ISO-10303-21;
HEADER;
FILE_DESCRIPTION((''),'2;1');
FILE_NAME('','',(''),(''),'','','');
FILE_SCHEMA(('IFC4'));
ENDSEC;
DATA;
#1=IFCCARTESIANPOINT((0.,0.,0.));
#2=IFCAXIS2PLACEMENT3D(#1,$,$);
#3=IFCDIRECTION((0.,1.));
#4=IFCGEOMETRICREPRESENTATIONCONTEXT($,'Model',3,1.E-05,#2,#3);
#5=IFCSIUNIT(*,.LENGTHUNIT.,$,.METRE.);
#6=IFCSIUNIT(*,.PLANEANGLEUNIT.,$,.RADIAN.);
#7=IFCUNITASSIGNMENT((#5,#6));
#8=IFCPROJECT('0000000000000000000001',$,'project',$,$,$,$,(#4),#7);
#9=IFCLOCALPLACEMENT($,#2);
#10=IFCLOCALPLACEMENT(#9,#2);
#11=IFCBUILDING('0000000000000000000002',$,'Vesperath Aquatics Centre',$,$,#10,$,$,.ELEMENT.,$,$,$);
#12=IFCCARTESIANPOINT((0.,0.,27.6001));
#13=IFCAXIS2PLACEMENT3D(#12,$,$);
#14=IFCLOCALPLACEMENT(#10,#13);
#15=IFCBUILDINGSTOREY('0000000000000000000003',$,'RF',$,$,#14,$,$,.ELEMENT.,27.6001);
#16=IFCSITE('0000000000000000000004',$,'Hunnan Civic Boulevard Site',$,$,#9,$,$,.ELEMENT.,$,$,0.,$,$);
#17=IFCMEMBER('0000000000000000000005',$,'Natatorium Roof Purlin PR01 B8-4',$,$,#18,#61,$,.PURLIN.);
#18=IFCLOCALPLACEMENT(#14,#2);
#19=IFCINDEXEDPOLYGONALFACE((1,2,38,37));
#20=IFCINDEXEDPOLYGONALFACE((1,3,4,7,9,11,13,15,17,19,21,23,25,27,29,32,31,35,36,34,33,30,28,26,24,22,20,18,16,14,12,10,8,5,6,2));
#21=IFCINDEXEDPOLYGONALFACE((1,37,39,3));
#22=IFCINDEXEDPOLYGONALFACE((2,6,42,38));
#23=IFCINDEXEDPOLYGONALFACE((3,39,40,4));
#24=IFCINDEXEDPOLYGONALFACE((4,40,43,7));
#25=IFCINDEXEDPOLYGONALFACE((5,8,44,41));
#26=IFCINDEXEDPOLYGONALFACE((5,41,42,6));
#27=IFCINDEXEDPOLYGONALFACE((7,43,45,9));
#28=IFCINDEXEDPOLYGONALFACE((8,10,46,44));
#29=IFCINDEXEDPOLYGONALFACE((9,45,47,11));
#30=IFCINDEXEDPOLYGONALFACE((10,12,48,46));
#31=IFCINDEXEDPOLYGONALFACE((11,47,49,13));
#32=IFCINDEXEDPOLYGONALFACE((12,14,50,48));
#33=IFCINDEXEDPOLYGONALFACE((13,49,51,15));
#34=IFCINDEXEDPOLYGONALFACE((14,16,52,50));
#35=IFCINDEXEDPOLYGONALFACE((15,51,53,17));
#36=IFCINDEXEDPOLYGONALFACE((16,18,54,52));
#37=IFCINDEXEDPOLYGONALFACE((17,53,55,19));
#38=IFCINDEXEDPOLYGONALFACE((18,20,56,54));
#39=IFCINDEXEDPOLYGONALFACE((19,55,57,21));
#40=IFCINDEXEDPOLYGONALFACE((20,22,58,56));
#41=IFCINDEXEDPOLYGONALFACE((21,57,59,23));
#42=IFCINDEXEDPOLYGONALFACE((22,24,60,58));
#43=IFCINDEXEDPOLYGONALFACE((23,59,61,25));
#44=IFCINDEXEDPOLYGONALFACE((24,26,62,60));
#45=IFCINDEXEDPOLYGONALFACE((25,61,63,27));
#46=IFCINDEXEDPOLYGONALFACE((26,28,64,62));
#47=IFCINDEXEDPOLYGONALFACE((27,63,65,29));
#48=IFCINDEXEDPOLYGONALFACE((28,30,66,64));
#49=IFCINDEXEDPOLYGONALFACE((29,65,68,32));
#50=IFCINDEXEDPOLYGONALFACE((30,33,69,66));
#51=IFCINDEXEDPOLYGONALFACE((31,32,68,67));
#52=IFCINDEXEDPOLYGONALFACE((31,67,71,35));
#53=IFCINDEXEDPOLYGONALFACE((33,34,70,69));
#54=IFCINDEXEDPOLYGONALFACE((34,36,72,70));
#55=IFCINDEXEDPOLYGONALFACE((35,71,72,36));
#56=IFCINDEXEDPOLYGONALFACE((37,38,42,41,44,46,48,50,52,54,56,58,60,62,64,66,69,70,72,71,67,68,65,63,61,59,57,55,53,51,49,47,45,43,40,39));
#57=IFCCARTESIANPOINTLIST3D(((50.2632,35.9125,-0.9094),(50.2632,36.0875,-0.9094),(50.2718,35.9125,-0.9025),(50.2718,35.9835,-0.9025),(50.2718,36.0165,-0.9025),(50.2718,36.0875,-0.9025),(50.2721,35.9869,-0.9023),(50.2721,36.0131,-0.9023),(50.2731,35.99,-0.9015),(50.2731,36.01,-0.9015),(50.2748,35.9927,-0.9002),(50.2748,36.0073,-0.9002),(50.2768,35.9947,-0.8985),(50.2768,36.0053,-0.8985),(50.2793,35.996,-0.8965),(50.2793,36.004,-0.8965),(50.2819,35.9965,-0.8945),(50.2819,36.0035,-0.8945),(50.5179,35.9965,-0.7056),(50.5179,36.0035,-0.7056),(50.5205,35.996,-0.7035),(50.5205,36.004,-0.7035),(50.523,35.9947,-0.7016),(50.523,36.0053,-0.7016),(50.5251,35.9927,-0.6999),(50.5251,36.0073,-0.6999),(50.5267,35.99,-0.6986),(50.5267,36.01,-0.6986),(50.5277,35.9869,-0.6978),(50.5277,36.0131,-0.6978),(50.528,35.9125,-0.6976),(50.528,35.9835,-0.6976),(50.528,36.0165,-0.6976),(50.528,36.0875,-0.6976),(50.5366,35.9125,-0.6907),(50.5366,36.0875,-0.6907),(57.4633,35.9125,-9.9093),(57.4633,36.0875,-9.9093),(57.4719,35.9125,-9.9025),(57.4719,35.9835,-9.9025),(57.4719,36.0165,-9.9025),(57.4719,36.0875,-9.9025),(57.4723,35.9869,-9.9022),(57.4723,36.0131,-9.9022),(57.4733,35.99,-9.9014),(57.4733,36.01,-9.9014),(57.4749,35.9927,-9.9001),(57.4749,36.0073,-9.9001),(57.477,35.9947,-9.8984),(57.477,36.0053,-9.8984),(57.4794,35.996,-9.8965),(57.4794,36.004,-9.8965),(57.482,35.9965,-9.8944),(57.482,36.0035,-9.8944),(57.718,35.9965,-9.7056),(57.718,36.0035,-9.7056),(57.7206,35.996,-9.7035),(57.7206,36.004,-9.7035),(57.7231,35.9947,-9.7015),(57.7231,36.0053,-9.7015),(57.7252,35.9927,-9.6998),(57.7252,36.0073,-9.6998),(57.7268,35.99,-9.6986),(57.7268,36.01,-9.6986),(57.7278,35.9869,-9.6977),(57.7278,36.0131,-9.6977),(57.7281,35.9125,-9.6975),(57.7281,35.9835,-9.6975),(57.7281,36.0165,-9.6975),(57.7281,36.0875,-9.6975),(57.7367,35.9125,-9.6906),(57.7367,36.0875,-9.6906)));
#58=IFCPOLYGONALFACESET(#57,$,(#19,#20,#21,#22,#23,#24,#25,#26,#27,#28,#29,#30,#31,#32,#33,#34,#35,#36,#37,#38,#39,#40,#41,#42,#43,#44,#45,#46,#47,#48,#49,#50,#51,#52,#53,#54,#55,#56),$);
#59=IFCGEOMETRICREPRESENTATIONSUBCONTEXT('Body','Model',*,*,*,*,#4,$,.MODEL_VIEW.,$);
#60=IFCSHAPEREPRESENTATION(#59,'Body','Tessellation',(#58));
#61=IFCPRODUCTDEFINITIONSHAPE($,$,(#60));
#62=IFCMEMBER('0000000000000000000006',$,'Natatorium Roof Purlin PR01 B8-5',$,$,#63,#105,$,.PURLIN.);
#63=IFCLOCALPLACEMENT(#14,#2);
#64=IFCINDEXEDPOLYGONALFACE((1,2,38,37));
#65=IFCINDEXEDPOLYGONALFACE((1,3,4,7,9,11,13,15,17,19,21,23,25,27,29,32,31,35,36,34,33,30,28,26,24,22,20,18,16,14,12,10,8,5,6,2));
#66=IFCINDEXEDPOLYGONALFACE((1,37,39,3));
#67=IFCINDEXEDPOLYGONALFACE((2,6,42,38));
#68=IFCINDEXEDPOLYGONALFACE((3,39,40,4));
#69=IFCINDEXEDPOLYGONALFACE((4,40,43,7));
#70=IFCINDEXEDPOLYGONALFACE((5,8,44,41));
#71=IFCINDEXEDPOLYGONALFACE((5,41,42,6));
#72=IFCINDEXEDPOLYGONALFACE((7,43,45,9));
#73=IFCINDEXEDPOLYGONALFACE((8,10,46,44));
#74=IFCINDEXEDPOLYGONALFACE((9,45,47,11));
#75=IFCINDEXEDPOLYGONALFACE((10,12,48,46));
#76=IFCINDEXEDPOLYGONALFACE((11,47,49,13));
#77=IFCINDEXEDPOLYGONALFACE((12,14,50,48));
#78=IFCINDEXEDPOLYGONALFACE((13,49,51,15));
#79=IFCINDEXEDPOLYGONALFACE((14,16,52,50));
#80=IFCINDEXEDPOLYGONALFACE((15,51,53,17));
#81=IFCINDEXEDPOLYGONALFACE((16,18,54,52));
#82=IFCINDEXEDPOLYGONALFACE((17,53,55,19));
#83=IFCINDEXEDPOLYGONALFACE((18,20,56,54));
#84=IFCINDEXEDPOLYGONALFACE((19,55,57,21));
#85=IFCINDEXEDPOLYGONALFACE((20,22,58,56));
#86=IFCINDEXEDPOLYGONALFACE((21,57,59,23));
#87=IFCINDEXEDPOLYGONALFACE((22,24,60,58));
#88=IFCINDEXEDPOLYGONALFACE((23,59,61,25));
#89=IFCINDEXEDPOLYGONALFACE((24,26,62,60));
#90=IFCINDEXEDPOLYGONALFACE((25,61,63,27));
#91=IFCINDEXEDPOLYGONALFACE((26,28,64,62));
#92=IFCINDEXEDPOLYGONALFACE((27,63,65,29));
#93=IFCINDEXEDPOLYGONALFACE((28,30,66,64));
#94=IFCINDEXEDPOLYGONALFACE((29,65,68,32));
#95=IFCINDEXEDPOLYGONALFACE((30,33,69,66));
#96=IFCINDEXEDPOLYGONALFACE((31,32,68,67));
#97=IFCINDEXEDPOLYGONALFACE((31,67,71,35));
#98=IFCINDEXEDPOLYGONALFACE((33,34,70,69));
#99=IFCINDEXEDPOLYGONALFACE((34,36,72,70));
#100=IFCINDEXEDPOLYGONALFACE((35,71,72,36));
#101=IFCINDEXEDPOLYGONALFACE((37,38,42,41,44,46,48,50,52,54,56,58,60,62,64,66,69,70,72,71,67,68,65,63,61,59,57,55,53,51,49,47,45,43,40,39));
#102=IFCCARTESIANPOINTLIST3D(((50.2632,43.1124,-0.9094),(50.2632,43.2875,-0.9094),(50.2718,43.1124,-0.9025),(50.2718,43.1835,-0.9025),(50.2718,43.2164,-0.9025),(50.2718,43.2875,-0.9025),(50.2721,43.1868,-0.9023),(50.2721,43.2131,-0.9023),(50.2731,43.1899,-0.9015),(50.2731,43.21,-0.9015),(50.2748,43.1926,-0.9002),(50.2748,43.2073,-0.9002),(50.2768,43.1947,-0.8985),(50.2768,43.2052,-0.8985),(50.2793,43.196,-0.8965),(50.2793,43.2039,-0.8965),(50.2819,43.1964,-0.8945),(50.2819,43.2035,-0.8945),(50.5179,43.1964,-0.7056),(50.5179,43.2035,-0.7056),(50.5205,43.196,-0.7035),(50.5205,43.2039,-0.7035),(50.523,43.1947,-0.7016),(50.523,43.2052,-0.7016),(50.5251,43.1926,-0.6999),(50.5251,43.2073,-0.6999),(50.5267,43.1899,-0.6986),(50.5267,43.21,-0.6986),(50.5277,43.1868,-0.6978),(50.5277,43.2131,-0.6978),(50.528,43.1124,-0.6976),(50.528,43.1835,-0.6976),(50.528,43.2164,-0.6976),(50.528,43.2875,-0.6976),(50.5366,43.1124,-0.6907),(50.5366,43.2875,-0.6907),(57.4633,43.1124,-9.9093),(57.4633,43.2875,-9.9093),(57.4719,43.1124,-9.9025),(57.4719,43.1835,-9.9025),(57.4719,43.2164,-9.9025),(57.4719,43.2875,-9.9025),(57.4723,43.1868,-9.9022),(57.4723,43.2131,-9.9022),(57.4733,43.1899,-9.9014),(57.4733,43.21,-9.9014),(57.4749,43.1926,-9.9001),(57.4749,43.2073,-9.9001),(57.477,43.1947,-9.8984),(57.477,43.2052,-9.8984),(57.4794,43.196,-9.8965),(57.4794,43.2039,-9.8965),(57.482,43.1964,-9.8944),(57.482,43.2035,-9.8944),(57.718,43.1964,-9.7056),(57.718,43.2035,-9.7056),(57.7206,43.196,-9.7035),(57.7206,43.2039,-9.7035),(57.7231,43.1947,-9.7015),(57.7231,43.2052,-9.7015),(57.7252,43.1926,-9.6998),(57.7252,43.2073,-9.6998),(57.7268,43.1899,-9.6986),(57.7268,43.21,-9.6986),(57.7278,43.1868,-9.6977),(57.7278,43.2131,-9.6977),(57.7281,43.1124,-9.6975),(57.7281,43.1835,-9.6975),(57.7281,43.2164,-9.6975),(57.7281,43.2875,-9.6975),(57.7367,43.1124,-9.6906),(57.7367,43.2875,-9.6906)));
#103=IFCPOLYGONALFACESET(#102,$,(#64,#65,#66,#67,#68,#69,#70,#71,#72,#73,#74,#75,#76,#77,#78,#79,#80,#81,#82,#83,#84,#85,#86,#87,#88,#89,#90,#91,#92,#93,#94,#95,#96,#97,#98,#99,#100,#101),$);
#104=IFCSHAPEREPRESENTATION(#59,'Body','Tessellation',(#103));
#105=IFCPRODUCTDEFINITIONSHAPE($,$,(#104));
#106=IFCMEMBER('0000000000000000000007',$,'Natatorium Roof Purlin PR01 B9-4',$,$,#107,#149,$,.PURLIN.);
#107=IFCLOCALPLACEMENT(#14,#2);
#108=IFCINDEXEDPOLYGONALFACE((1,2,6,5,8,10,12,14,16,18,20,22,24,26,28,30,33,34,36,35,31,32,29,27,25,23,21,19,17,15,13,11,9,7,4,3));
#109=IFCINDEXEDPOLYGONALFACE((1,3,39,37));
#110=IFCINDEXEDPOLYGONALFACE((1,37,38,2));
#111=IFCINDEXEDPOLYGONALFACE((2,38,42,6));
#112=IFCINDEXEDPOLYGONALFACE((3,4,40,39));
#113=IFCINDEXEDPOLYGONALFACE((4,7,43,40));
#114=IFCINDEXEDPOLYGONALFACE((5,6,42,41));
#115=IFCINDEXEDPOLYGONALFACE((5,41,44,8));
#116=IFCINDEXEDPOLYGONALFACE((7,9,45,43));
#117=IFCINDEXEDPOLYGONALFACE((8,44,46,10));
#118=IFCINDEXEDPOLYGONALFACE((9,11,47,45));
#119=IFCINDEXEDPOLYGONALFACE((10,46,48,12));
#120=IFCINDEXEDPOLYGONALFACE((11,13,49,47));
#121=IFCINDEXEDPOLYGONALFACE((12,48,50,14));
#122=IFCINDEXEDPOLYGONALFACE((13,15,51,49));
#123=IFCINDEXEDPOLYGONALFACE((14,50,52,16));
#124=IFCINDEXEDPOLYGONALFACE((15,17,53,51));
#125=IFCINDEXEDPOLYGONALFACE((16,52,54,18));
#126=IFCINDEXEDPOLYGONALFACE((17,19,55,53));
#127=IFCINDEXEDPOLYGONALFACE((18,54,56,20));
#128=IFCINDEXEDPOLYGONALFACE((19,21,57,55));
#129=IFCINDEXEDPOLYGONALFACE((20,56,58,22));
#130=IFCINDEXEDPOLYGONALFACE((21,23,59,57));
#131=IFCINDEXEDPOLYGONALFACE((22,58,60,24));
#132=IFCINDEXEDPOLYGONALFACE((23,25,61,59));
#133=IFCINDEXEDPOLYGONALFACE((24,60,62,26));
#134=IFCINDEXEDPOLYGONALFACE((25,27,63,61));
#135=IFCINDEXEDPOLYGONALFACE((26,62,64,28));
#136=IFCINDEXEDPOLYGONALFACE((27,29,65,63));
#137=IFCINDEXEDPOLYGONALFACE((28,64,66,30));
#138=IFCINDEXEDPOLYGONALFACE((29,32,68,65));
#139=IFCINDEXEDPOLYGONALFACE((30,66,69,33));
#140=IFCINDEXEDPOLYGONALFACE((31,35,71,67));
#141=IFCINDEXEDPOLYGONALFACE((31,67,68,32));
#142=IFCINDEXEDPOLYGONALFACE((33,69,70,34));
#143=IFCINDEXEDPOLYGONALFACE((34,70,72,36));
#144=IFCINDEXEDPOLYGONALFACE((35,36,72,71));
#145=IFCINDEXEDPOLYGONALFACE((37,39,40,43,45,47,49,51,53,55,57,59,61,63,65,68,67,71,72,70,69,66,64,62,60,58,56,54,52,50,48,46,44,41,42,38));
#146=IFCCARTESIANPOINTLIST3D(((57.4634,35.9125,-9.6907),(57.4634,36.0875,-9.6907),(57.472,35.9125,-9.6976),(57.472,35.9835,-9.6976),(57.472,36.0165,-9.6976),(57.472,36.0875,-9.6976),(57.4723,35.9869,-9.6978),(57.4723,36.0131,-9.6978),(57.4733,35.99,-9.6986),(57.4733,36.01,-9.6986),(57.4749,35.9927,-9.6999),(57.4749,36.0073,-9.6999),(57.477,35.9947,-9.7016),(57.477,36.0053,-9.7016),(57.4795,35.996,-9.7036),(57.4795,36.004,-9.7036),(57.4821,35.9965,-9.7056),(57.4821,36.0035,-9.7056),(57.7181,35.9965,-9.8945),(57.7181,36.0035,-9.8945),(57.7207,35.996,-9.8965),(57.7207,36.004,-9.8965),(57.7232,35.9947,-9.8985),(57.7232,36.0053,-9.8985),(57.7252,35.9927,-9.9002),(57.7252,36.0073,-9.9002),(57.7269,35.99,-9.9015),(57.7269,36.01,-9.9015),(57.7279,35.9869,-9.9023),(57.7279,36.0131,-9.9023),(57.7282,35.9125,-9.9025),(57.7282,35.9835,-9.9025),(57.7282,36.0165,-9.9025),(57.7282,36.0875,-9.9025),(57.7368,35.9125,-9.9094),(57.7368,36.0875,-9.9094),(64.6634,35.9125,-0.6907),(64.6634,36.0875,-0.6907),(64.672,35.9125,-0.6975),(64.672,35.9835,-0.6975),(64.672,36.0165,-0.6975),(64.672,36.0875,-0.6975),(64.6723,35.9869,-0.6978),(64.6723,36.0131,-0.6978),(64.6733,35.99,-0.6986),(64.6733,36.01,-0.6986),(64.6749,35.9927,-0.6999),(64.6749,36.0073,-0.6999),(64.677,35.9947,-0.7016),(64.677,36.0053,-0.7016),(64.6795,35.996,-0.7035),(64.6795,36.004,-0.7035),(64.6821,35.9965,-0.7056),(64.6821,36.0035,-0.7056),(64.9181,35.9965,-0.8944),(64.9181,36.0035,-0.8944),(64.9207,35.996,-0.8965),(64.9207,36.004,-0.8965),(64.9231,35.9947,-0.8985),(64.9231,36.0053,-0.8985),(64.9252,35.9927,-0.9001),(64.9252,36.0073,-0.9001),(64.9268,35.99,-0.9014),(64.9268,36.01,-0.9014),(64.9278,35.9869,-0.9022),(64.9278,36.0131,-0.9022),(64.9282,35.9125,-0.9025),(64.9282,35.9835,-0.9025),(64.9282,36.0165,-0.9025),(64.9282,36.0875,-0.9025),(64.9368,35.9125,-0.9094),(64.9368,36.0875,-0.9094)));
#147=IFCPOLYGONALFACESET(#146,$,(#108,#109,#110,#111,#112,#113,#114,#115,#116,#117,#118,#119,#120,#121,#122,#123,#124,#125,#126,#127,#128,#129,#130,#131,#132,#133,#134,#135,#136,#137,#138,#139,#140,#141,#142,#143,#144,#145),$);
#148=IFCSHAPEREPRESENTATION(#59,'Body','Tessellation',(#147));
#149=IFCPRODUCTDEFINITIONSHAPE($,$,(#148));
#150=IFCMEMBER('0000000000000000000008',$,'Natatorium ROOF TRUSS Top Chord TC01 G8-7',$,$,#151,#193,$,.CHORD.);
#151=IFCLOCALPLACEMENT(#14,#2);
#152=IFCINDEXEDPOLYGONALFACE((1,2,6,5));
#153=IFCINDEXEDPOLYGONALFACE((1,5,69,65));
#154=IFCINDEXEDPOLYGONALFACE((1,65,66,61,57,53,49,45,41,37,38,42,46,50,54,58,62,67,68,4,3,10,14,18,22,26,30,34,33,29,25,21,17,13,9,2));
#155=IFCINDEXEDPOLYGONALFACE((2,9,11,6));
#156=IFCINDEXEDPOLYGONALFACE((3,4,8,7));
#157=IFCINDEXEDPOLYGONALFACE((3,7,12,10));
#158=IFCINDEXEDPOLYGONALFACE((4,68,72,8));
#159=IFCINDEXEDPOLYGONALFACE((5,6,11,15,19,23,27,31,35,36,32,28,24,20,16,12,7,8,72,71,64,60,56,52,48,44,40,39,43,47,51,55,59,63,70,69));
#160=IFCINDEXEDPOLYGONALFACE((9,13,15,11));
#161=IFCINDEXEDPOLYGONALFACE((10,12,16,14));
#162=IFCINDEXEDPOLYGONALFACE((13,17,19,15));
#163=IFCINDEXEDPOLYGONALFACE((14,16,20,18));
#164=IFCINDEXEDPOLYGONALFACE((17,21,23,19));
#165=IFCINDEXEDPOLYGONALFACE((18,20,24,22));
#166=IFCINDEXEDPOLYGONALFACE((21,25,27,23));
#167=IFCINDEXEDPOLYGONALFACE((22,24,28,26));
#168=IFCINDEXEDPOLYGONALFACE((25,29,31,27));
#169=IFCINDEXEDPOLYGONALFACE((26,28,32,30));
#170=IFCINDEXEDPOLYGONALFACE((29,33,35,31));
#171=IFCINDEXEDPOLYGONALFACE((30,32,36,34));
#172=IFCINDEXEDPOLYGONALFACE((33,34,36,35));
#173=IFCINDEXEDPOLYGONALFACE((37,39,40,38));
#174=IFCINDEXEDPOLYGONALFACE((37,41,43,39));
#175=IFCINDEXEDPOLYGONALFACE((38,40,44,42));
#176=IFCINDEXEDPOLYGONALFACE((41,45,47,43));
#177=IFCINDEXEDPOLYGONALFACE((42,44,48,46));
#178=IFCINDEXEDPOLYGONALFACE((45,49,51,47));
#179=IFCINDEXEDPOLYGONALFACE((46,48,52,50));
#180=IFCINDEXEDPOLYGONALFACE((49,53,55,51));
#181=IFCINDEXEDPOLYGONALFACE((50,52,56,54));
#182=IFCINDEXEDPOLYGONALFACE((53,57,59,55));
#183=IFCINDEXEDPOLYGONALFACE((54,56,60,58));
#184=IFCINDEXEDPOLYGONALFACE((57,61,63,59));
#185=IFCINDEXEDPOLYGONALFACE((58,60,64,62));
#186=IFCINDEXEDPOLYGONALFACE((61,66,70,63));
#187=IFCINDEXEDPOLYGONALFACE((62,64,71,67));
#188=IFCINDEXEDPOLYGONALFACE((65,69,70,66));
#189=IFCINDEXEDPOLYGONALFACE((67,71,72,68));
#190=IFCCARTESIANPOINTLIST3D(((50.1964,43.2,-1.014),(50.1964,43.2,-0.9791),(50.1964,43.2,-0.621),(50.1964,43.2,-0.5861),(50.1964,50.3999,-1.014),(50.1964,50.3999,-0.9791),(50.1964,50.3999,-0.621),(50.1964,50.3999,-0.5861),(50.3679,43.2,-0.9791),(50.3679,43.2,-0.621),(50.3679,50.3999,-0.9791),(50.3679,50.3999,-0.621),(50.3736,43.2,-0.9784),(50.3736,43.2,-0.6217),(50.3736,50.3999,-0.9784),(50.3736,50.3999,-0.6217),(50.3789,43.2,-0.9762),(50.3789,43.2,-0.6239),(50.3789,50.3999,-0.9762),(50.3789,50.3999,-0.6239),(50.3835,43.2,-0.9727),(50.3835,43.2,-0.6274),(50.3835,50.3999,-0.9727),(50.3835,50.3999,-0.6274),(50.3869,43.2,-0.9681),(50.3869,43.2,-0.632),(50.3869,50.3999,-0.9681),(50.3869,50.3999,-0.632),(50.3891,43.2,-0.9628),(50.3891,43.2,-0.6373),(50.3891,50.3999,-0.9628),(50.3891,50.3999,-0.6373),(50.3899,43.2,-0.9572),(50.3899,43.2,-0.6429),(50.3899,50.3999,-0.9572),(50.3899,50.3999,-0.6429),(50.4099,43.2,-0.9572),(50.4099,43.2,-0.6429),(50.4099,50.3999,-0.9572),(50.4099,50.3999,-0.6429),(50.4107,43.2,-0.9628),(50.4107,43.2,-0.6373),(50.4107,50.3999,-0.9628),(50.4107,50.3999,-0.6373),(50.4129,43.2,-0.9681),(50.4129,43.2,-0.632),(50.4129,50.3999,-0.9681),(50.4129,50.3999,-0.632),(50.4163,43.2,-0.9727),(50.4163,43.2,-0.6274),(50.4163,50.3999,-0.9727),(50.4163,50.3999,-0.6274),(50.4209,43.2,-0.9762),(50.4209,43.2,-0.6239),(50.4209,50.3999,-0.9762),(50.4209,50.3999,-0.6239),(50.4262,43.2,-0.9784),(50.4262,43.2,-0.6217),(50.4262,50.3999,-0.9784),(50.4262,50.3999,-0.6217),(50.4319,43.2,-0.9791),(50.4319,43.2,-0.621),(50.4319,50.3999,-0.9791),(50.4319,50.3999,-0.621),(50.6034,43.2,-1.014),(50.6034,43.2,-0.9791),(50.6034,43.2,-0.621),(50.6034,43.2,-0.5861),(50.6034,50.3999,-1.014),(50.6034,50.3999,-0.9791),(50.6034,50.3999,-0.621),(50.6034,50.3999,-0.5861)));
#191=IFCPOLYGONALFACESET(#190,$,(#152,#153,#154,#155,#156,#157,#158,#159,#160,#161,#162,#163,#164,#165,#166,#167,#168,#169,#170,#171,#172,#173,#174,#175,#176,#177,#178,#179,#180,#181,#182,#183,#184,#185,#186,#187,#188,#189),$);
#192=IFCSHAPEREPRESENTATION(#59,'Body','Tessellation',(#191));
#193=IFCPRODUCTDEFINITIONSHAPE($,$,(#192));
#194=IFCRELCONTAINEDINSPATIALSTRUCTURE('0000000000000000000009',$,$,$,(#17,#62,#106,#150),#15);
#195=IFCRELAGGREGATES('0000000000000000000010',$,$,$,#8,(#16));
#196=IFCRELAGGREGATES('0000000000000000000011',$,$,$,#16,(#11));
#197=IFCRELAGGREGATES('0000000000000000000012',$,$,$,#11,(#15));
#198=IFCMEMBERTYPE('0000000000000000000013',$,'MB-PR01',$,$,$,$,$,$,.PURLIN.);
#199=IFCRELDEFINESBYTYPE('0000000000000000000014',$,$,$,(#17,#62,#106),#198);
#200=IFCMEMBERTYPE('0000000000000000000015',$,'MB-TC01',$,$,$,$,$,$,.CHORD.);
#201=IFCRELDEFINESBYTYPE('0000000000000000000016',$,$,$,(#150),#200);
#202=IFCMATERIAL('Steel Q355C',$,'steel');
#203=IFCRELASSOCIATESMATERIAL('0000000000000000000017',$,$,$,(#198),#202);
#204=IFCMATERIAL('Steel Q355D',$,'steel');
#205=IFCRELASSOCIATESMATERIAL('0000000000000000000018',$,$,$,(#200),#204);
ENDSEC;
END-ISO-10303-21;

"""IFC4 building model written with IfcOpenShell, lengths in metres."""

from ifc_helpers import new_model, si_unit, direction, frame, origin, origin_2d, place, context, subcontext, project, spatial, i_section, extrude, material, material_profile, profile_set, type_object, element, save


model = new_model("IFC4")

# Units and contexts
model_context = context("Model", 3, precision=1e-05, world=origin(), true_north=direction((0.0, 1.0)))
body_context = subcontext(model_context, "Body", "Model", "MODEL_VIEW")
ifc_project = project(units=[si_unit("LENGTHUNIT", "METRE"), si_unit("PLANEANGLEUNIT", "RADIAN")], contexts=[model_context])

# Site, building, storey
site_placement = place(None, origin())
site = spatial("IfcSite", under=ifc_project, at=site_placement, Name="Hunnan Civic Boulevard Site", CompositionType="ELEMENT", RefElevation=0.0)
building_placement = place(site_placement, origin())
building = spatial("IfcBuilding", under=site, at=building_placement, Name="Vesperath Aquatics Centre", CompositionType="ELEMENT")
storey_placement = place(building_placement, frame((0.0, 0.0, 27.6001)))
storey = spatial("IfcBuildingStorey", under=building, at=storey_placement, Name="RF", CompositionType="ELEMENT", Elevation=27.6001)

# Members
ifc_material_1 = material(Name="Steel Q355D", Category="steel")
ifc_material_2 = material(Name="Steel Q355C", Category="steel")
ifc_material_profile_1 = material_profile(ifc_material_2, i_section(OverallWidth=0.175, OverallDepth=0.3501, WebThickness=0.0071, FlangeThickness=0.011, FilletRadius=0.0129, at=origin_2d()), Name="HN 350x175x7x11")
ifc_profile_set_1 = profile_set([ifc_material_profile_1], Name="Steel Q355C")
member_type_1 = type_object("IfcMemberType", Name="MB-PR01", PredefinedType="PURLIN", material=ifc_profile_set_1)
for number, where, z_axis, x_axis, name in (
    (1, (50.3999, 36.0, -0.8), (0.624705, 0.0, -0.780861), (0.0, 1.0, 0.0), "Natatorium Roof Purlin PR01 B8-4"),
    (2, (50.3999, 43.2, -0.8), (0.624705, 0.0, -0.780861), (0.0, 1.0, 0.0), "Natatorium Roof Purlin PR01 B8-5"),
    (3, (57.6001, 36.0, -9.8), (0.624692, 0.0, 0.780871), (0.0, 1.0, 0.0), "Natatorium Roof Purlin PR01 B9-4"),
):
    element("IfcMember", number, at=place(storey_placement, frame(where, z_axis=z_axis, x_axis=x_axis)), inside=storey, type_object=member_type_1, Name=name, PredefinedType="PURLIN", context=body_context, shape_type="SweptSolid", body=[
        extrude(i_section(OverallWidth=0.175, OverallDepth=0.3501, WebThickness=0.0071, FlangeThickness=0.011, FilletRadius=0.0129, at=origin_2d()), origin(), (0.0, 0.0, 1.0), 11.5256),
    ])
ifc_material_profile_2 = material_profile(ifc_material_1, i_section(OverallWidth=0.407, OverallDepth=0.428, WebThickness=0.02, FlangeThickness=0.0349, FilletRadius=0.022, at=origin_2d()), Name="HW 428x407x20x35")
ifc_profile_set_2 = profile_set([ifc_material_profile_2], Name="Steel Q355D")
member_type_2 = type_object("IfcMemberType", Name="MB-TC01", PredefinedType="CHORD", material=ifc_profile_set_2)
member_1_placement = place(storey_placement, frame((50.3999, 43.2, -0.8), z_axis=(0.0, 1.0, 0.0), x_axis=(-1.0, 0.0, 0.0)))
element("IfcMember", 4, at=member_1_placement, inside=storey, type_object=member_type_2, Name="Natatorium ROOF TRUSS Top Chord TC01 G8-7", PredefinedType="CHORD", context=body_context, shape_type="SweptSolid", body=[
    extrude(i_section(OverallWidth=0.407, OverallDepth=0.428, WebThickness=0.02, FlangeThickness=0.0349, FilletRadius=0.022, at=origin_2d()), origin(), (0.0, 0.0, 1.0), 7.2),
])

save(model, "model.ifc")
